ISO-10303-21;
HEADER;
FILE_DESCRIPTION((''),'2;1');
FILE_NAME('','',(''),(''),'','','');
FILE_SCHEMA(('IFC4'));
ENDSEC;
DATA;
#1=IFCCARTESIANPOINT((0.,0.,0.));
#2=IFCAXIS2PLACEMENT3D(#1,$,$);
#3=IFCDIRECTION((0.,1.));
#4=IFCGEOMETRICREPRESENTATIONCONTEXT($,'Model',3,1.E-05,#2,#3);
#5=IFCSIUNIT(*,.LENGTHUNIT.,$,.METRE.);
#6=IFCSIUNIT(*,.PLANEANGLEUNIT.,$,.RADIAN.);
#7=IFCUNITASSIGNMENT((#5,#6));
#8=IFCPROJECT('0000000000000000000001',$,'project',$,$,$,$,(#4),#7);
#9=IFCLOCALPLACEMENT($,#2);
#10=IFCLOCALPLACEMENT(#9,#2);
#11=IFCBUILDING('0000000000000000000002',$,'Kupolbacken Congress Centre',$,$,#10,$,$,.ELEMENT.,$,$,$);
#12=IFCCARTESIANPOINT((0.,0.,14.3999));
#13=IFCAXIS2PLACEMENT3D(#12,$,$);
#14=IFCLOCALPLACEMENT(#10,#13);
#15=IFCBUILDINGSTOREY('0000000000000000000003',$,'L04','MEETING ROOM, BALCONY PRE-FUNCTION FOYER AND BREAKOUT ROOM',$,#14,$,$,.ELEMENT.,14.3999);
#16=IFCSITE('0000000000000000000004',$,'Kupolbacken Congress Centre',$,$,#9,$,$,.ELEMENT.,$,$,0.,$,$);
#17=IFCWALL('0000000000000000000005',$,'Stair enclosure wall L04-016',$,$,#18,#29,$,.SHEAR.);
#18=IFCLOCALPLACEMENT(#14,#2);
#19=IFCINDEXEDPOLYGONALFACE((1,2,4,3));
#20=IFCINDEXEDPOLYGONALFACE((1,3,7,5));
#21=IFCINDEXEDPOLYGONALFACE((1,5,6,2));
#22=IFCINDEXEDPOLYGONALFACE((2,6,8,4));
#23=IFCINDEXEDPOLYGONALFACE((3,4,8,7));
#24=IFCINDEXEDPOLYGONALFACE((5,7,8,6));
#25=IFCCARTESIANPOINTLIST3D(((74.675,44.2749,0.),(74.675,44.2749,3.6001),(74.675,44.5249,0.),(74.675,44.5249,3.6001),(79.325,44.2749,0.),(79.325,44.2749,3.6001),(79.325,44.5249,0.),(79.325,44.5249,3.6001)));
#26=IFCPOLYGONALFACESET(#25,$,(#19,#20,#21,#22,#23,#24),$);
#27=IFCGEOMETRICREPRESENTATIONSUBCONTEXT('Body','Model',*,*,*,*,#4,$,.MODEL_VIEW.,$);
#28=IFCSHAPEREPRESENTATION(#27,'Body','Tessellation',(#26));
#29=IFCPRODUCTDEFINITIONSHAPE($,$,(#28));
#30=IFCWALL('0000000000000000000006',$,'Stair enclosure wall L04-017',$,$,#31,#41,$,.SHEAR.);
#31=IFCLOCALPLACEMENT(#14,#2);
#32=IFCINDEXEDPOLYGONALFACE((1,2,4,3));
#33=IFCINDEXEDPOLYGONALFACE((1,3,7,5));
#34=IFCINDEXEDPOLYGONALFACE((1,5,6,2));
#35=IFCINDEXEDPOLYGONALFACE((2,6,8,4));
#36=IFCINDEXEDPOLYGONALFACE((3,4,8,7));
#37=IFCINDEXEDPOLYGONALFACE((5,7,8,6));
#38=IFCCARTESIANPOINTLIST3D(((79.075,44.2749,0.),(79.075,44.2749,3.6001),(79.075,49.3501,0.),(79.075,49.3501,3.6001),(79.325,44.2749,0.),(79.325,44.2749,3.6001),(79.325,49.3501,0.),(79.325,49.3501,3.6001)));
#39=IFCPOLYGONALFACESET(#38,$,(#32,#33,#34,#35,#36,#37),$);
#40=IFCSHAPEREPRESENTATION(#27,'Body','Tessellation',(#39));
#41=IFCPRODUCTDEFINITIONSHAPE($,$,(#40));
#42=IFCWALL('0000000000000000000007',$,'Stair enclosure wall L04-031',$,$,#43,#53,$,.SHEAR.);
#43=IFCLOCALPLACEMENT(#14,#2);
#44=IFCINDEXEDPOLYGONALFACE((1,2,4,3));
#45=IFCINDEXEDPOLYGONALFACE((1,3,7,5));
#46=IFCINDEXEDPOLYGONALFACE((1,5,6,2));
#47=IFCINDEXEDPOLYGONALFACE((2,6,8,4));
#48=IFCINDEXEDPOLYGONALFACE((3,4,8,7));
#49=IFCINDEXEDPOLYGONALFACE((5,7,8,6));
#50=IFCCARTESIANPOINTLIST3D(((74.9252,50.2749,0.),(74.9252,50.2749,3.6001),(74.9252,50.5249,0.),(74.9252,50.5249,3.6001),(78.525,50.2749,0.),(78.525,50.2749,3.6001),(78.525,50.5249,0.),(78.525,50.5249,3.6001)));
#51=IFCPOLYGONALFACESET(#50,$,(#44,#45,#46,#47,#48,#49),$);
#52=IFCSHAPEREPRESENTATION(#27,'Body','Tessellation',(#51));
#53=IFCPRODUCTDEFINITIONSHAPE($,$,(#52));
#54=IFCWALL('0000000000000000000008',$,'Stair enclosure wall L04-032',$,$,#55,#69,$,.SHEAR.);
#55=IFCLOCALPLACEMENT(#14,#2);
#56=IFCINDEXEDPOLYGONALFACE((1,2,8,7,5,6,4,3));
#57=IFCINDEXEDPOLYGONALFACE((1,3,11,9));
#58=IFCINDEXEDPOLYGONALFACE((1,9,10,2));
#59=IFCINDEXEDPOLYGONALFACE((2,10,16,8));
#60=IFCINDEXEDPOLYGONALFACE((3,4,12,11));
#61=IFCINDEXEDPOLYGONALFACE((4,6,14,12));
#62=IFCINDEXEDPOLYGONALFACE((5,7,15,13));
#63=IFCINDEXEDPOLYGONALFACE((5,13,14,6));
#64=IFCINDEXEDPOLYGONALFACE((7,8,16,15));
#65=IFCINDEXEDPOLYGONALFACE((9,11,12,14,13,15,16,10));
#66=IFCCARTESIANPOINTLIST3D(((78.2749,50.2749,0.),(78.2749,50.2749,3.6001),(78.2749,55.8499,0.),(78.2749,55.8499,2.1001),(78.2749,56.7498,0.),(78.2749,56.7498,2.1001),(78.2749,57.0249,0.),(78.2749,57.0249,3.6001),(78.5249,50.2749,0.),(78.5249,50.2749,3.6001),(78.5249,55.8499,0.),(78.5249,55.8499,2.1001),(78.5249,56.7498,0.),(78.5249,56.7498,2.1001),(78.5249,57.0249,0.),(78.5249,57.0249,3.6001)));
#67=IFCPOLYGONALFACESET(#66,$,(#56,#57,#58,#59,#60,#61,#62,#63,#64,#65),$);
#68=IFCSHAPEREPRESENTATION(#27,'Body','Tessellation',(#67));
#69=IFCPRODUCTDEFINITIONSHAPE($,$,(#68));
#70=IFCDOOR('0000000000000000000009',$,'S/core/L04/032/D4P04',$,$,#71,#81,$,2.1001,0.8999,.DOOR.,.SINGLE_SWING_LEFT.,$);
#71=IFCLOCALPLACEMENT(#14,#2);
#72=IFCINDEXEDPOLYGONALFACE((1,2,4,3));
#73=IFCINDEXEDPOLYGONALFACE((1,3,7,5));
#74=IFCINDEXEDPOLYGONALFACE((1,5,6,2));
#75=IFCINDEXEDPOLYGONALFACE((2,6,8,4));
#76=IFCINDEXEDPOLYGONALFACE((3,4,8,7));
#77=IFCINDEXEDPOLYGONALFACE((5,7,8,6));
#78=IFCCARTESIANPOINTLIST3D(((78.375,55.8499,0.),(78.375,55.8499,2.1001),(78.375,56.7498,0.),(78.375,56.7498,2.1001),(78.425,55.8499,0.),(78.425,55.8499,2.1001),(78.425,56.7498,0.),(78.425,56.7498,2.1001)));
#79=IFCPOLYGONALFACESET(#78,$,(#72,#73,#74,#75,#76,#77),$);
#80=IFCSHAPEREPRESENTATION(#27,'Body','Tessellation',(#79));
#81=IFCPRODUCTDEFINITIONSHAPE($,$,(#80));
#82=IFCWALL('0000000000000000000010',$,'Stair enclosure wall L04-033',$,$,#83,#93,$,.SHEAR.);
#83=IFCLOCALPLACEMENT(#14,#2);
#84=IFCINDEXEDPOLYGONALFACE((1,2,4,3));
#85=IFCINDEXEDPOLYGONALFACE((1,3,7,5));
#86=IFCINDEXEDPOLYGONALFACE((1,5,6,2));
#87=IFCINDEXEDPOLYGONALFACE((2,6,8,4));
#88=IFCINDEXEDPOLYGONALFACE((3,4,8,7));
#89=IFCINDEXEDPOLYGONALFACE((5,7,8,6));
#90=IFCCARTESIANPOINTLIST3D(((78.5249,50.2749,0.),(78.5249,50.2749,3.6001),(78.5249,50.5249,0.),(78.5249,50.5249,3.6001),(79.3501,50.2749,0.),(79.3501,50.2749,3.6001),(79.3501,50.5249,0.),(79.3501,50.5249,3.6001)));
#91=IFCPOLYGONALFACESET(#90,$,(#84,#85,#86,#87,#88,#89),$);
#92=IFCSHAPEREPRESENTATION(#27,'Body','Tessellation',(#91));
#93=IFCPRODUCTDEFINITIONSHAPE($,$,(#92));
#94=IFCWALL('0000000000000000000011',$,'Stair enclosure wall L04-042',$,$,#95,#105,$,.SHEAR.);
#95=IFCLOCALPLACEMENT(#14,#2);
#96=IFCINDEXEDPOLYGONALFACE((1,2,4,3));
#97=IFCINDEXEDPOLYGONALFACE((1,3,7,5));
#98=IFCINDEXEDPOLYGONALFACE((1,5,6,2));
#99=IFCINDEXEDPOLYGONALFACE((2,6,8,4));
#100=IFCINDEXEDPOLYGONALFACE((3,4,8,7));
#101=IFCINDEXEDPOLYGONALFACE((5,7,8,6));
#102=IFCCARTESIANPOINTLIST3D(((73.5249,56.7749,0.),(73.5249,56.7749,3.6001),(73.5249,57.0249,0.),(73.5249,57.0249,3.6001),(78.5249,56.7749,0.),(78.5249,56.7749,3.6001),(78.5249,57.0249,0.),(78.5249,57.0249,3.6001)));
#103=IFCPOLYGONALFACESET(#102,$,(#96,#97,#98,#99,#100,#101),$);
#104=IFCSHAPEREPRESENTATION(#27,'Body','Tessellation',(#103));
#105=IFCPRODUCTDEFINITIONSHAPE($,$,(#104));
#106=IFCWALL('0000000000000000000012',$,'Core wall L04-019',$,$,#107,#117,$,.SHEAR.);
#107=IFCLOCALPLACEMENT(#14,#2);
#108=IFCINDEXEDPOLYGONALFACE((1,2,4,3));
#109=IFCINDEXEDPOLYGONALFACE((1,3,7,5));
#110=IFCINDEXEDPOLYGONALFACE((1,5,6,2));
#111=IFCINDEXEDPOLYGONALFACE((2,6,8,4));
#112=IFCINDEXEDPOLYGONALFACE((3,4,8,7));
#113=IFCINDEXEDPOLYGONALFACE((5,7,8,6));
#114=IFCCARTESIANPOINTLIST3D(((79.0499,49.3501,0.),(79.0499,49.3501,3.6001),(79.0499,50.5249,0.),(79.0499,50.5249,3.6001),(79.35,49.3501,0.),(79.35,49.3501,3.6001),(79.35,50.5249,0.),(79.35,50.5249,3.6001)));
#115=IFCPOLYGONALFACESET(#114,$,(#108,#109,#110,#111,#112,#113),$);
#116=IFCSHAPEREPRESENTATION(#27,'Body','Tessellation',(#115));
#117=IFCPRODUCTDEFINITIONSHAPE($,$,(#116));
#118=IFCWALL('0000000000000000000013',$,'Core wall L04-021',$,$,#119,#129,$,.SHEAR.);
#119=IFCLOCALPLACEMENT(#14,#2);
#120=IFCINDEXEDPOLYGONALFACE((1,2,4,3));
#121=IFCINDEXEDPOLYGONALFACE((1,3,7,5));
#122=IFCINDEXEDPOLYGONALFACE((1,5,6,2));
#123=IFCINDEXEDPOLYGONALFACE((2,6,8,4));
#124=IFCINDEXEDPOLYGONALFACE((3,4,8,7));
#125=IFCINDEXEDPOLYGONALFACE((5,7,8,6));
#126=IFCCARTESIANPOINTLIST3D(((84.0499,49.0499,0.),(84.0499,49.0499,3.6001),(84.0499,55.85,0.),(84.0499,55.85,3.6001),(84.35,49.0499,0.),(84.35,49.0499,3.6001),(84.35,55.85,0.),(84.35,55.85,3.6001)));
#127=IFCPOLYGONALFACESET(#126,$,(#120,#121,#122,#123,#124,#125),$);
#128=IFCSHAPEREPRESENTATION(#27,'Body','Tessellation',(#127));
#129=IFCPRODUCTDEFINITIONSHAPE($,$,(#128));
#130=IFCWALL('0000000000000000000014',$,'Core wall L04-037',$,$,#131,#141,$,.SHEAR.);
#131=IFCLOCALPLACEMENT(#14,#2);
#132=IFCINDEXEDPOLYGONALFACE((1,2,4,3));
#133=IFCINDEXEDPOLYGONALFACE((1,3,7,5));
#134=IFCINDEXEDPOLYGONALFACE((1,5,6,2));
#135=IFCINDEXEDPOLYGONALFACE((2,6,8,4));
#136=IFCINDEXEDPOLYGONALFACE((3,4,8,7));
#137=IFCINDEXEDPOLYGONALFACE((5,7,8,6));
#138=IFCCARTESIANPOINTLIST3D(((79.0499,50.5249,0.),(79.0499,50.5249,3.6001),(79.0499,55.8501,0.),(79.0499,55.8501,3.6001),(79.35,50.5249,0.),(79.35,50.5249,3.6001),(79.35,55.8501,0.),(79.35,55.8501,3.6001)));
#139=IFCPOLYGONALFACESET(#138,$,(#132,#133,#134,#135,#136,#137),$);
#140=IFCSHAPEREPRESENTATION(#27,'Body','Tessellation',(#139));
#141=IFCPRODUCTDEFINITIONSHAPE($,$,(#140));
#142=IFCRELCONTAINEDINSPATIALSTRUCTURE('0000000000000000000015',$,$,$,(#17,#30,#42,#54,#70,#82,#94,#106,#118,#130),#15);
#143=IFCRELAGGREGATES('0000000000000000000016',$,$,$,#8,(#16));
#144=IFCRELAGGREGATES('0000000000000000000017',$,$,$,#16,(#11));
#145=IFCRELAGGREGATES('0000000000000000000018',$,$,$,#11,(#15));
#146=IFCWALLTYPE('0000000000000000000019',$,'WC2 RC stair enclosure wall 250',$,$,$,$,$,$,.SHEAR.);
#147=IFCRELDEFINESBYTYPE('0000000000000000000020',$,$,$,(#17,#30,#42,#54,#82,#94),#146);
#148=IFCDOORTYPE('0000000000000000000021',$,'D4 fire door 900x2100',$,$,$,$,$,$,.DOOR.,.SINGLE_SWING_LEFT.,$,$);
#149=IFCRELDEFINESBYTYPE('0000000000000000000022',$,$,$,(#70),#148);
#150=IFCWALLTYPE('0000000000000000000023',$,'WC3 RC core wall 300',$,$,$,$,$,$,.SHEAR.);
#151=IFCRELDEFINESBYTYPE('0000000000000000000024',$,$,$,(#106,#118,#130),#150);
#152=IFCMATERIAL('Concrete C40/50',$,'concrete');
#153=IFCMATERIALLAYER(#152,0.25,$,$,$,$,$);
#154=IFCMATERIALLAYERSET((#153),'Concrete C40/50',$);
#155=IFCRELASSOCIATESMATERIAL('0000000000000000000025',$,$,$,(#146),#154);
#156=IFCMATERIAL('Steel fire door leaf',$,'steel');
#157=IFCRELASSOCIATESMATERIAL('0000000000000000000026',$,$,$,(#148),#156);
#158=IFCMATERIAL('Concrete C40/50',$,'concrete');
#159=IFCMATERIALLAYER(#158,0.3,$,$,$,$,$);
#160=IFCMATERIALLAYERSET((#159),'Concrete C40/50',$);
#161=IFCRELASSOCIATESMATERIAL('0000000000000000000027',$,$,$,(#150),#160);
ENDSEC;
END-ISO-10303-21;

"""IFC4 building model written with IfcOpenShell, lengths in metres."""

from ifc_helpers import new_model, si_unit, direction, frame, frame_2d, origin, place, context, subcontext, project, spatial, rectangle, extrude, material, layer, layer_set, type_object, element, fill, save


model = new_model("IFC4")

# Units and contexts
model_context = context("Model", 3, precision=1e-05, world=origin(), true_north=direction((0.0, 1.0)))
body_context = subcontext(model_context, "Body", "Model", "MODEL_VIEW")
ifc_project = project(units=[si_unit("LENGTHUNIT", "METRE"), si_unit("PLANEANGLEUNIT", "RADIAN")], contexts=[model_context])

# Site, building, storey
site_placement = place(None, origin())
site = spatial("IfcSite", under=ifc_project, at=site_placement, Name="Kupolbacken Congress Centre", CompositionType="ELEMENT", RefElevation=0.0)
building_placement = place(site_placement, origin())
building = spatial("IfcBuilding", under=site, at=building_placement, Name="Kupolbacken Congress Centre", CompositionType="ELEMENT")
storey_placement = place(building_placement, frame((0.0, 0.0, 14.3999)))
storey = spatial("IfcBuildingStorey", under=building, at=storey_placement, Name="L04", Description="MEETING ROOM, BALCONY PRE-FUNCTION FOYER AND BREAKOUT ROOM", CompositionType="ELEMENT", Elevation=14.3999)

# Walls
ifc_material_1 = material(Name="Concrete C40/50", Category="concrete")
ifc_layer_1 = layer(ifc_material_1, 0.25)
ifc_layer_set_1 = layer_set([ifc_layer_1], Name="Concrete C40/50")
wall_type_1 = type_object("IfcWallType", Name="WC2 RC stair enclosure wall 250", PredefinedType="SHEAR", material=ifc_layer_set_1)
wall_1_placement = place(storey_placement, frame((74.675, 44.3999, 0.0), z_axis=(0.0, 0.0, 1.0), x_axis=(1.0, 0.0, 0.0)))
element("IfcWall", 1, at=wall_1_placement, inside=storey, type_object=wall_type_1, Name="Stair enclosure wall L04-016", PredefinedType="SHEAR", context=body_context, shape_type="SweptSolid", body=[
    extrude(rectangle(XDim=4.6499, YDim=0.25, at=frame_2d((2.325, 0.0))), origin(), (0.0, 0.0, 1.0), 3.6001),
])
wall_2_placement = place(storey_placement, frame((79.2, 44.2749, 0.0), z_axis=(0.0, 0.0, 1.0), x_axis=(0.0, 1.0, 0.0)))
element("IfcWall", 2, at=wall_2_placement, inside=storey, type_object=wall_type_1, Name="Stair enclosure wall L04-017", PredefinedType="SHEAR", context=body_context, shape_type="SweptSolid", body=[
    extrude(rectangle(XDim=5.0752, YDim=0.25, at=frame_2d((2.5376, 0.0))), origin(), (0.0, 0.0, 1.0), 3.6001),
])

# Wall
wall_3_placement = place(storey_placement, frame((78.5249, 50.3999, 0.0), z_axis=(0.0, 0.0, 1.0), x_axis=(-1.0, 0.0, 0.0)))
element("IfcWall", 3, at=wall_3_placement, inside=storey, type_object=wall_type_1, Name="Stair enclosure wall L04-031", PredefinedType="SHEAR", context=body_context, shape_type="SweptSolid", body=[
    extrude(rectangle(XDim=3.5999, YDim=0.25, at=frame_2d((1.7998, 0.0))), origin(), (0.0, 0.0, 1.0), 3.6001),
])

# Wall, opening, door
wall_4_placement = place(storey_placement, frame((78.3999, 50.2749, 0.0), z_axis=(0.0, 0.0, 1.0), x_axis=(0.0, 1.0, 0.0)))
wall_4 = element("IfcWall", 4, at=wall_4_placement, inside=storey, type_object=wall_type_1, Name="Stair enclosure wall L04-032", PredefinedType="SHEAR", context=body_context, shape_type="SweptSolid", body=[
    extrude(rectangle(XDim=6.75, YDim=0.25, at=frame_2d((3.375, 0.0))), origin(), (0.0, 0.0, 1.0), 3.6001),
])
opening_1_placement = place(wall_4_placement, frame((5.575, 0.0, 0.0)))
opening_1 = element("IfcOpeningElement", 5, at=opening_1_placement, cuts=wall_4, PredefinedType="OPENING", context=body_context, shape_type="SweptSolid", body=[
    extrude(rectangle(XDim=0.8999, YDim=2.1001, at=frame_2d((0.45, 1.05))), frame((0.0, 0.135, 0.0), z_axis=(0.0, -1.0, 0.0), x_axis=(1.0, 0.0, 0.0)), (0.0, 0.0, 1.0), 0.27),
])
ifc_material_2 = material(Name="Steel fire door leaf", Category="steel")
door_type_1 = type_object("IfcDoorType", Name="D4 fire door 900x2100", OperationType="SINGLE_SWING_LEFT", PredefinedType="DOOR", material=ifc_material_2)
door_1_placement = place(opening_1_placement, origin())
door_1 = element("IfcDoor", 6, at=door_1_placement, inside=storey, type_object=door_type_1, Name="S/core/L04/032/D4P04", OperationType="SINGLE_SWING_LEFT", OverallHeight=2.1001, OverallWidth=0.8999, PredefinedType="DOOR", context=body_context, shape_type="SweptSolid", body=[
    extrude(rectangle(XDim=0.8999, YDim=2.1001, at=frame_2d((0.45, 1.05))), frame((0.0, 0.0249, 0.0), z_axis=(0.0, -1.0, 0.0), x_axis=(1.0, 0.0, 0.0)), (0.0, 0.0, 1.0), 0.05),
])
fill(opening_1, door_1)

# Walls
wall_5_placement = place(storey_placement, frame((79.3501, 50.3999, 0.0), z_axis=(0.0, 0.0, 1.0), x_axis=(-1.0, 0.0, 0.0)))
element("IfcWall", 7, at=wall_5_placement, inside=storey, type_object=wall_type_1, Name="Stair enclosure wall L04-033", PredefinedType="SHEAR", context=body_context, shape_type="SweptSolid", body=[
    extrude(rectangle(XDim=0.8252, YDim=0.25, at=frame_2d((0.4126, 0.0))), origin(), (0.0, 0.0, 1.0), 3.6001),
])
wall_6_placement = place(storey_placement, frame((78.5249, 56.8999, 0.0), z_axis=(0.0, 0.0, 1.0), x_axis=(-1.0, 0.0, 0.0)))
element("IfcWall", 8, at=wall_6_placement, inside=storey, type_object=wall_type_1, Name="Stair enclosure wall L04-042", PredefinedType="SHEAR", context=body_context, shape_type="SweptSolid", body=[
    extrude(rectangle(XDim=5.0, YDim=0.25, at=frame_2d((2.5, 0.0))), origin(), (0.0, 0.0, 1.0), 3.6001),
])

# Shared definitions
ifc_material_3 = material(Name="Concrete C40/50", Category="concrete")
ifc_layer_2 = layer(ifc_material_3, 0.3)
ifc_layer_set_2 = layer_set([ifc_layer_2], Name="Concrete C40/50")
wall_type_2 = type_object("IfcWallType", Name="WC3 RC core wall 300", PredefinedType="SHEAR", material=ifc_layer_set_2)

# Walls
wall_7_placement = place(storey_placement, frame((79.2, 49.3501, 0.0), z_axis=(0.0, 0.0, 1.0), x_axis=(0.0, 1.0, 0.0)))
element("IfcWall", 9, at=wall_7_placement, inside=storey, type_object=wall_type_2, Name="Core wall L04-019", PredefinedType="SHEAR", context=body_context, shape_type="SweptSolid", body=[
    extrude(rectangle(XDim=1.1748, YDim=0.3, at=frame_2d((0.5874, 0.0))), origin(), (0.0, 0.0, 1.0), 3.6001),
])
wall_8_placement = place(storey_placement, frame((84.2, 49.05, 0.0), z_axis=(0.0, 0.0, 1.0), x_axis=(0.0, 1.0, 0.0)))
element("IfcWall", 10, at=wall_8_placement, inside=storey, type_object=wall_type_2, Name="Core wall L04-021", PredefinedType="SHEAR", context=body_context, shape_type="SweptSolid", body=[
    extrude(rectangle(XDim=6.8, YDim=0.3, at=frame_2d((3.3999, 0.0))), origin(), (0.0, 0.0, 1.0), 3.6001),
])
wall_9_placement = place(storey_placement, frame((79.2, 55.8501, 0.0), z_axis=(0.0, 0.0, 1.0), x_axis=(0.0, -1.0, 0.0)))
element("IfcWall", 11, at=wall_9_placement, inside=storey, type_object=wall_type_2, Name="Core wall L04-037", PredefinedType="SHEAR", context=body_context, shape_type="SweptSolid", body=[
    extrude(rectangle(XDim=5.3252, YDim=0.3, at=frame_2d((2.6626, 0.0))), origin(), (0.0, 0.0, 1.0), 3.6001),
])

save(model, "model.ifc")
